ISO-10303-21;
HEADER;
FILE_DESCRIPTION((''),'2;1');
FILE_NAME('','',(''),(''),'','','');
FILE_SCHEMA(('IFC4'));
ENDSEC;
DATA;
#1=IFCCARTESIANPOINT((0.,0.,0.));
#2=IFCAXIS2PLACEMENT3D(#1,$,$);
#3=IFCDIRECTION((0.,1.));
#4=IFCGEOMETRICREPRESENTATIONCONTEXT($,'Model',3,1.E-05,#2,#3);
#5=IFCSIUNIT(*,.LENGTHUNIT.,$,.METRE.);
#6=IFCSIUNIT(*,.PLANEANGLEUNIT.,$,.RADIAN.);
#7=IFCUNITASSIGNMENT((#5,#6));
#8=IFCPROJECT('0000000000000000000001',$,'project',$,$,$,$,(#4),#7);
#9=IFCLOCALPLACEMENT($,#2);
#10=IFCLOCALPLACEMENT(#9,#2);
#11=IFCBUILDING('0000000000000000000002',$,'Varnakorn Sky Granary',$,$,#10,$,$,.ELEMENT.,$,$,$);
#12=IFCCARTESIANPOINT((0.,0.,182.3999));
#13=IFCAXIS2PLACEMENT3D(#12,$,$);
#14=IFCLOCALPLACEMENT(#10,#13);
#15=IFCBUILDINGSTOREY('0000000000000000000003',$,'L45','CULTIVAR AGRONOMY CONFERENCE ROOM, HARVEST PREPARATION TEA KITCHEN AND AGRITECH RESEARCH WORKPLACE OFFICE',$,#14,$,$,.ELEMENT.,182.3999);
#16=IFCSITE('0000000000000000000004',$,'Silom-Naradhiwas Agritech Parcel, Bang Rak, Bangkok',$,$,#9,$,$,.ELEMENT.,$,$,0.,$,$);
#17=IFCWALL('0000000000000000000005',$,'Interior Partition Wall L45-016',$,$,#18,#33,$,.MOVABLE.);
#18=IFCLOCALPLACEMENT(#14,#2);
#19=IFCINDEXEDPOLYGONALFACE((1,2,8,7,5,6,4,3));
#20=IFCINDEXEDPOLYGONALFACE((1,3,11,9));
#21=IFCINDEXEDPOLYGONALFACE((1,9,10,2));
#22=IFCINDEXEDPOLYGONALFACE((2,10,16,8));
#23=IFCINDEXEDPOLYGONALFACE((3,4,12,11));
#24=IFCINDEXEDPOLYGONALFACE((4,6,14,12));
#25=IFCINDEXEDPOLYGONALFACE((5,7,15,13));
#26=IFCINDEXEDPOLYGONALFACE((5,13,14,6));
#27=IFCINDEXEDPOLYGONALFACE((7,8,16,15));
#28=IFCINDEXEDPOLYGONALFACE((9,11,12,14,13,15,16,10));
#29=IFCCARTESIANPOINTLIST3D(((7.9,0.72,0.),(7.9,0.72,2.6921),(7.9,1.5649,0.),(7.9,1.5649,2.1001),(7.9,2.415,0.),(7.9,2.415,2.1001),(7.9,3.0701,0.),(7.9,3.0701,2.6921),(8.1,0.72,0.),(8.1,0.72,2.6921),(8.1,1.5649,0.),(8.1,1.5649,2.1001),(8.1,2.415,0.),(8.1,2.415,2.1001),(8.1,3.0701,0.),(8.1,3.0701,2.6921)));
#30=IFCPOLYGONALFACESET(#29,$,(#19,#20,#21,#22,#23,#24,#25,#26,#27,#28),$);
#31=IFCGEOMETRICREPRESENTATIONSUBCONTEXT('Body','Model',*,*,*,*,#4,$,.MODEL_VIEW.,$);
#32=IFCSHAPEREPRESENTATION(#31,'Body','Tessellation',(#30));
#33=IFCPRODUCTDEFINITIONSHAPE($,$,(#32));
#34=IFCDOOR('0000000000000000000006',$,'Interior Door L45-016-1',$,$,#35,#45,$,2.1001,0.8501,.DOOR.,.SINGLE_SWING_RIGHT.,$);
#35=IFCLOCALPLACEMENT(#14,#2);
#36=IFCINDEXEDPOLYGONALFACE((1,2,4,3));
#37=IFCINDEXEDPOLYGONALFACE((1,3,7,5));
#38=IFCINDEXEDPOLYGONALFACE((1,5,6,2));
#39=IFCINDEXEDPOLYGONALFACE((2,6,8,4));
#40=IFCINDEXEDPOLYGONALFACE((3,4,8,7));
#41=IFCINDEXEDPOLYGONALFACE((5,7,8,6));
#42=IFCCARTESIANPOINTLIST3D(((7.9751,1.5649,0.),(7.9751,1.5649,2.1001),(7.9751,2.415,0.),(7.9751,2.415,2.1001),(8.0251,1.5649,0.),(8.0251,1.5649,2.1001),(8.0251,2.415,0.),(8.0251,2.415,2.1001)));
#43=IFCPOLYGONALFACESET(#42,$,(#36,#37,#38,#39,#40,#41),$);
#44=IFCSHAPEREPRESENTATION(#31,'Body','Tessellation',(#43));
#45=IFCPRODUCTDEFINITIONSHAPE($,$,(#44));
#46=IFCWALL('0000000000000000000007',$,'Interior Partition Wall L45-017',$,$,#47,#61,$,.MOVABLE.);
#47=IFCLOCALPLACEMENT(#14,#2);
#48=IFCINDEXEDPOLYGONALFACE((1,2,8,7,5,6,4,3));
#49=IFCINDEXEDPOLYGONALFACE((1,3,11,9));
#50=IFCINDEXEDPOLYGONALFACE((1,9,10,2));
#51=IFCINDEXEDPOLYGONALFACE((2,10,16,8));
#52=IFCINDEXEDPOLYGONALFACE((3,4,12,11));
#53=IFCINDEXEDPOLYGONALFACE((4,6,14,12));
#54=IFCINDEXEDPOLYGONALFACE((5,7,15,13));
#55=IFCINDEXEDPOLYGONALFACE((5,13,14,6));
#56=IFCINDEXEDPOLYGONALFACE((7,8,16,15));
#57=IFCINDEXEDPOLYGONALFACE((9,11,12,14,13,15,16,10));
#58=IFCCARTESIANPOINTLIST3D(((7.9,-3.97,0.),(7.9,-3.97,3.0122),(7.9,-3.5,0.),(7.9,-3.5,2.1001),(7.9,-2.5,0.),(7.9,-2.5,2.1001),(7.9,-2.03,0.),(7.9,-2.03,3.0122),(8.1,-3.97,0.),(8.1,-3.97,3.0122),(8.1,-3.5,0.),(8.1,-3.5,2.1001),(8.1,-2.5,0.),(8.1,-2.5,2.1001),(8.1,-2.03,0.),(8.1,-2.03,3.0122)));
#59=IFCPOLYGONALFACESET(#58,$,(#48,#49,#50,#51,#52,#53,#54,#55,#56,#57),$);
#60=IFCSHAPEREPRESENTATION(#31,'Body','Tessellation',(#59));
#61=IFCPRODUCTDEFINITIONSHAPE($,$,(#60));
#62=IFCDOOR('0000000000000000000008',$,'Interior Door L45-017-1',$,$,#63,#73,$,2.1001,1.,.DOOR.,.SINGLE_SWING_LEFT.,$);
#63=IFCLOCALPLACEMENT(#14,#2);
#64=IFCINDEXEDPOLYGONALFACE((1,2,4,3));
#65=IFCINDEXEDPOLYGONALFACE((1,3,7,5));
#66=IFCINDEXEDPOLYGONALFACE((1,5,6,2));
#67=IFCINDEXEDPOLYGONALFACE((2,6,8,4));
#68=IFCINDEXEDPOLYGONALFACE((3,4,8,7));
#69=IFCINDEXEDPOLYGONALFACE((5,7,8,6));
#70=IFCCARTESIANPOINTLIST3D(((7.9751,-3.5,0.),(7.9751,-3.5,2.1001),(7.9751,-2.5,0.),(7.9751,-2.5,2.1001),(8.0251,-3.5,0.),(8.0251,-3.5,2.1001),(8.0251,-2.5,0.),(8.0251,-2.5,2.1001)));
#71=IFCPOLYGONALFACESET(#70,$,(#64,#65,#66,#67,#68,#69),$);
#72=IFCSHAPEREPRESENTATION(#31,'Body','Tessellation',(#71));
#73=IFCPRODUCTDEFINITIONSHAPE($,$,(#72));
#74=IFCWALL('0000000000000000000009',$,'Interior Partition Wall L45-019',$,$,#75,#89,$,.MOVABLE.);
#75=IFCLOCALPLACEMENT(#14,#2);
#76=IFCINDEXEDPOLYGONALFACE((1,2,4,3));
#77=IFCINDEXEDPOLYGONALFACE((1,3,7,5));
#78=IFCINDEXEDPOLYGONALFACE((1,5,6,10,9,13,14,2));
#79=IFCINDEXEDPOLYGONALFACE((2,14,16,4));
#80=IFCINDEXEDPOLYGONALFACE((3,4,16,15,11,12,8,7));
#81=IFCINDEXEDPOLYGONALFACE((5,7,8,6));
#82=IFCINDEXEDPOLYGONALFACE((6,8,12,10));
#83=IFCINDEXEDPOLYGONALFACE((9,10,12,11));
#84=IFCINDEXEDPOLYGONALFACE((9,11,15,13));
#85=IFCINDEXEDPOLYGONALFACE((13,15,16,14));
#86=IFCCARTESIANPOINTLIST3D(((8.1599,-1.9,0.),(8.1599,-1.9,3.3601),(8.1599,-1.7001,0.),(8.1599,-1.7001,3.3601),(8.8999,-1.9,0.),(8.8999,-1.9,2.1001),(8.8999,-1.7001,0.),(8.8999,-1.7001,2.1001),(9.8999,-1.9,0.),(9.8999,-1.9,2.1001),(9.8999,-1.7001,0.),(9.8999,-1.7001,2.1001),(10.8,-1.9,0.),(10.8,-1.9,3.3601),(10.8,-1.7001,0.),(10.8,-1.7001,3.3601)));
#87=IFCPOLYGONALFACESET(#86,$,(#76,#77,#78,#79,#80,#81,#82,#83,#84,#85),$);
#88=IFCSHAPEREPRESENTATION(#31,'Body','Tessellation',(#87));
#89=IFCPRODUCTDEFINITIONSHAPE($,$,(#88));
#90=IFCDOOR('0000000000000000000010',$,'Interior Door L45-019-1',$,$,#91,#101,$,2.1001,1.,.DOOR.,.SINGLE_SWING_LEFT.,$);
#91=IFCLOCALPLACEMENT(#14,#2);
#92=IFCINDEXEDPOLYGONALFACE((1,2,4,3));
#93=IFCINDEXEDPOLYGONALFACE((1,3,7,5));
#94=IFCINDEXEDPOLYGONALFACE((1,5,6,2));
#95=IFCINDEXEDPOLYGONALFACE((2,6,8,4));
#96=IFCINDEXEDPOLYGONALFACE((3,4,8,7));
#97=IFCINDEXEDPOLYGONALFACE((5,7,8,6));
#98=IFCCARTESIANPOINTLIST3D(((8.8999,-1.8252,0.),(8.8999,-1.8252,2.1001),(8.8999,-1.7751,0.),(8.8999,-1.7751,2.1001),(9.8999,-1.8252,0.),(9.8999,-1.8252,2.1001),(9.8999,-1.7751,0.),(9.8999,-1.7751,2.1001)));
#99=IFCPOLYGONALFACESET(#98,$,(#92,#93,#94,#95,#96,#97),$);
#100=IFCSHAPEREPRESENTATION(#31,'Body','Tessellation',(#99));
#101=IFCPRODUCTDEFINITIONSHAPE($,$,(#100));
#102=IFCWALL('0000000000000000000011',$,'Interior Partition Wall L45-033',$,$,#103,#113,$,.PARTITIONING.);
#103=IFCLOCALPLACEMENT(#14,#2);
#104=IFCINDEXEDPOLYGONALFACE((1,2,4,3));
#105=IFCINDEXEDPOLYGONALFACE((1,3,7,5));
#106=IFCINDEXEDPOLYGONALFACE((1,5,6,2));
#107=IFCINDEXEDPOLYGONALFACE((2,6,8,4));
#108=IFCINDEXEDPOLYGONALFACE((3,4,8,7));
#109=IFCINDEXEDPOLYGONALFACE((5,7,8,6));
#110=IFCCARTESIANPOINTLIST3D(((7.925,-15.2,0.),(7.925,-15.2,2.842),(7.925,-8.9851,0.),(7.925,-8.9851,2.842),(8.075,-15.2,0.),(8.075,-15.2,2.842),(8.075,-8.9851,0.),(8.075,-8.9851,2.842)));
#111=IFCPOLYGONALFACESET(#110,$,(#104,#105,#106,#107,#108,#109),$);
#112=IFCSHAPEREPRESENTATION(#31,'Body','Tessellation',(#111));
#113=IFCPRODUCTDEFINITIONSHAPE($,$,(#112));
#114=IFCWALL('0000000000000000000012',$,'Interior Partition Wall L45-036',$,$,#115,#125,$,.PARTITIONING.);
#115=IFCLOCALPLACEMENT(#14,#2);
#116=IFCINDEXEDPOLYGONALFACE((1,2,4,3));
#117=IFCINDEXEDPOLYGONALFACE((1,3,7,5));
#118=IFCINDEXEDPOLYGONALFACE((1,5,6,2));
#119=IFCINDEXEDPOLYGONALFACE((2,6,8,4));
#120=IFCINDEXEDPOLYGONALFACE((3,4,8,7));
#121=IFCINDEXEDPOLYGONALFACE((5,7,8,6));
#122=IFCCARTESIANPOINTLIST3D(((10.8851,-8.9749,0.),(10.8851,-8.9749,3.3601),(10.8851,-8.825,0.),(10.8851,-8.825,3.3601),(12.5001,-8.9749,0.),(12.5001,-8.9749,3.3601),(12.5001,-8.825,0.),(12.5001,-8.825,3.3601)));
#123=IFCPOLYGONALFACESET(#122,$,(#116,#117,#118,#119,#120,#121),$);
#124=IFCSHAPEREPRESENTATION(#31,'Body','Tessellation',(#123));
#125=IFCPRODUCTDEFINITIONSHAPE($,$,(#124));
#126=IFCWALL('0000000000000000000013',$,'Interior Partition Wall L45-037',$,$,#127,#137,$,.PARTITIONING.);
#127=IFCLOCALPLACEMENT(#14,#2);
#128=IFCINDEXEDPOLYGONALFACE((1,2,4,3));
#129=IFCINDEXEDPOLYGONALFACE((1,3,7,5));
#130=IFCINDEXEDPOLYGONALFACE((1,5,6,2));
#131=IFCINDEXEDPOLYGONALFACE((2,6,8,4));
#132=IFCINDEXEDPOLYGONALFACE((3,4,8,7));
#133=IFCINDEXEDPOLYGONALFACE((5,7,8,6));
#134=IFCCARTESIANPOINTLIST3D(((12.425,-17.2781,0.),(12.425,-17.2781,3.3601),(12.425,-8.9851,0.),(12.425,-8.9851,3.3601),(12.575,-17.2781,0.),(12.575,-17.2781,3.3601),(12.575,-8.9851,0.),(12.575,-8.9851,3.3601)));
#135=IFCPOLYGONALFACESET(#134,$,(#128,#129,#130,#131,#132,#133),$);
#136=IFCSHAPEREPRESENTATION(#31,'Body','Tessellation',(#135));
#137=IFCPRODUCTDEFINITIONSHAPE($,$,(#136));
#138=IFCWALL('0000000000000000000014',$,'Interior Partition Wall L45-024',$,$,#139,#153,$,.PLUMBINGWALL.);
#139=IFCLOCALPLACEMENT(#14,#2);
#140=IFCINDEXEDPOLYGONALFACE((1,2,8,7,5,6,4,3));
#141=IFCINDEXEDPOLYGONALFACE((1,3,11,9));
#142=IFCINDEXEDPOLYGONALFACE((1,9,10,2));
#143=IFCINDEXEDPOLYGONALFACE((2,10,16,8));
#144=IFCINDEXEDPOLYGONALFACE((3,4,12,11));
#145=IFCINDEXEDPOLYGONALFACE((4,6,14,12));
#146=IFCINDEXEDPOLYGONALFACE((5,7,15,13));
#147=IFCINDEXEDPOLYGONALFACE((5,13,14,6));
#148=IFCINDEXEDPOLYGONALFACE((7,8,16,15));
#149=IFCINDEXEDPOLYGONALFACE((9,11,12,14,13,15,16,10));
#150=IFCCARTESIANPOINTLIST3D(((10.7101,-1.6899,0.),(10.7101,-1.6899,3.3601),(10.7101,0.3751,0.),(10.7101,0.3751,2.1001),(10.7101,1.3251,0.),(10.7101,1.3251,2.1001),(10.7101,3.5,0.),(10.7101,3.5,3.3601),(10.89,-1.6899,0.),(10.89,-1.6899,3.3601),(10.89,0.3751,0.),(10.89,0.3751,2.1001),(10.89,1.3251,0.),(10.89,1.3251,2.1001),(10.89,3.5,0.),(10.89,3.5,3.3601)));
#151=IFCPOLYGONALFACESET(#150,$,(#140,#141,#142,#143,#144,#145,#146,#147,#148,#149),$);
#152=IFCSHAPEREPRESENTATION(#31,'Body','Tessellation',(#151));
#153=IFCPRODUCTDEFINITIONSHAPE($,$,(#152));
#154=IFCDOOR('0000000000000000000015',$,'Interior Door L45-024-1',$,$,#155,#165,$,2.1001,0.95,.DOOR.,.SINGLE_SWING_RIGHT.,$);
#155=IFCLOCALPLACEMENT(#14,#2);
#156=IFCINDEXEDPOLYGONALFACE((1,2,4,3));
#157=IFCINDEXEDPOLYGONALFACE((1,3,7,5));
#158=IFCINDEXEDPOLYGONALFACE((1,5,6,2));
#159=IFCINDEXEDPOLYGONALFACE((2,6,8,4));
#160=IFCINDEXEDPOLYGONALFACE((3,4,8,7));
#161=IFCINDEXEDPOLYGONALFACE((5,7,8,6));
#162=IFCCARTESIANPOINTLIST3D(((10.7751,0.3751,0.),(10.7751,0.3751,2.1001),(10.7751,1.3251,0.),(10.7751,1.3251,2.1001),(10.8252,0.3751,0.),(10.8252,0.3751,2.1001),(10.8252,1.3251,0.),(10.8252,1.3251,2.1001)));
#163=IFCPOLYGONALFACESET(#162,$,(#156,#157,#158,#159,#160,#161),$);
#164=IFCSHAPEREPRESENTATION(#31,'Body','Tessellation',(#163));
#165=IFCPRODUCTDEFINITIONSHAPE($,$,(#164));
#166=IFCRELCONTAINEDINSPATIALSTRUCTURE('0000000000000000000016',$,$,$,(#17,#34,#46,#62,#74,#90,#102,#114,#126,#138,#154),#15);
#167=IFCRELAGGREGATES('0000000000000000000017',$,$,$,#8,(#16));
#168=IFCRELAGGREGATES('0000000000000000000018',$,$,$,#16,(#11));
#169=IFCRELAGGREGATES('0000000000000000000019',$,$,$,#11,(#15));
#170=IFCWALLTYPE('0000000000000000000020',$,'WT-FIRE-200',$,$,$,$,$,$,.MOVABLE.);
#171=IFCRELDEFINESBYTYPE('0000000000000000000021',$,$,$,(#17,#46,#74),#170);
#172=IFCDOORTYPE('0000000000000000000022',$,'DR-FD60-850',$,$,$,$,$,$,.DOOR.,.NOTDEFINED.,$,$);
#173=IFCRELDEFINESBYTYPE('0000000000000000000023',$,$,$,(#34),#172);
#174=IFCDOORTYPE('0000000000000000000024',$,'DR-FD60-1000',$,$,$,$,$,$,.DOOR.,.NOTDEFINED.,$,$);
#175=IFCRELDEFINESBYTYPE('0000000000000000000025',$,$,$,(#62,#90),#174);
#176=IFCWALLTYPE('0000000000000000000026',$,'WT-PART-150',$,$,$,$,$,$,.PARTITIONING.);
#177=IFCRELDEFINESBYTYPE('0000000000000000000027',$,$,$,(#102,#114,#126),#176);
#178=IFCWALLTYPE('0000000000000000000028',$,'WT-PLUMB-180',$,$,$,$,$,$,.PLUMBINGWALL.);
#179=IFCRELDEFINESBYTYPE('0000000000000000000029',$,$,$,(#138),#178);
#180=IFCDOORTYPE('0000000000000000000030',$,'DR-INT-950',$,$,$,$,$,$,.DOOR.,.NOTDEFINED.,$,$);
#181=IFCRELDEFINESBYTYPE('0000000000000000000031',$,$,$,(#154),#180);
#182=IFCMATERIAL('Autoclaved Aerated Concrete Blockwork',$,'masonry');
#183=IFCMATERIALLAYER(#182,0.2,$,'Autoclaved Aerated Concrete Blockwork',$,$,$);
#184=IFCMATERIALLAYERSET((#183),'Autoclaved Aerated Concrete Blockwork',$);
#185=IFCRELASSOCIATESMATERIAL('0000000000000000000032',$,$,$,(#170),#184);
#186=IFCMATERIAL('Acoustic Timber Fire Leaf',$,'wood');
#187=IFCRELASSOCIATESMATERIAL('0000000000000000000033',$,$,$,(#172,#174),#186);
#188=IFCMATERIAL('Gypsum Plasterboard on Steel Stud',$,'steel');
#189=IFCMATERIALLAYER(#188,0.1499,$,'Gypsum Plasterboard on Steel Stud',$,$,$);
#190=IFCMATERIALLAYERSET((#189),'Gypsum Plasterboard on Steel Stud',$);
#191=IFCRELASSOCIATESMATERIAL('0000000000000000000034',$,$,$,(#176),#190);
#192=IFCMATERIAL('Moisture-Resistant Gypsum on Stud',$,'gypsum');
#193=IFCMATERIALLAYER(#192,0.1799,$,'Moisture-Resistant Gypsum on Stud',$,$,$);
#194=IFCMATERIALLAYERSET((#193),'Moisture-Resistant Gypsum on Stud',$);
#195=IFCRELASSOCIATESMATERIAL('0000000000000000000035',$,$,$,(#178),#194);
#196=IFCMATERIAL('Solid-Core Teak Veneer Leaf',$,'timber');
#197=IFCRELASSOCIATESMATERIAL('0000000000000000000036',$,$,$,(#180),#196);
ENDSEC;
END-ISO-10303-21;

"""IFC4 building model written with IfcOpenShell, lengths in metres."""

from ifc_helpers import new_model, si_unit, direction, frame, frame_2d, origin, place, context, subcontext, project, spatial, rectangle, extrude, material, layer, layer_set, type_object, element, fill, save


model = new_model("IFC4")

# Units and contexts
model_context = context("Model", 3, precision=1e-05, world=origin(), true_north=direction((0.0, 1.0)))
body_context = subcontext(model_context, "Body", "Model", "MODEL_VIEW")
ifc_project = project(units=[si_unit("LENGTHUNIT", "METRE"), si_unit("PLANEANGLEUNIT", "RADIAN")], contexts=[model_context])

# Site, building, storey
site_placement = place(None, origin())
site = spatial("IfcSite", under=ifc_project, at=site_placement, Name="Silom-Naradhiwas Agritech Parcel, Bang Rak, Bangkok", CompositionType="ELEMENT", RefElevation=0.0)
building_placement = place(site_placement, origin())
building = spatial("IfcBuilding", under=site, at=building_placement, Name="Varnakorn Sky Granary", CompositionType="ELEMENT")
storey_placement = place(building_placement, frame((0.0, 0.0, 182.3999)))
storey = spatial("IfcBuildingStorey", under=building, at=storey_placement, Name="L45", Description="CULTIVAR AGRONOMY CONFERENCE ROOM, HARVEST PREPARATION TEA KITCHEN AND AGRITECH RESEARCH WORKPLACE OFFICE", CompositionType="ELEMENT", Elevation=182.3999)

# Walls, openings, doors
ifc_material_1 = material(Name="Autoclaved Aerated Concrete Blockwork", Category="masonry")
ifc_layer_1 = layer(ifc_material_1, 0.2, Name="Autoclaved Aerated Concrete Blockwork")
ifc_layer_set_1 = layer_set([ifc_layer_1], Name="Autoclaved Aerated Concrete Blockwork")
wall_type_1 = type_object("IfcWallType", Name="WT-FIRE-200", PredefinedType="MOVABLE", material=ifc_layer_set_1)
wall_1_placement = place(storey_placement, frame((8.0, 0.72, 0.0), z_axis=(0.0, 0.0, 1.0), x_axis=(0.0, 1.0, 0.0)))
wall_1 = element("IfcWall", 1, at=wall_1_placement, inside=storey, type_object=wall_type_1, Name="Interior Partition Wall L45-016", PredefinedType="MOVABLE", context=body_context, shape_type="SweptSolid", body=[
    extrude(rectangle(XDim=2.3501, YDim=0.2, at=frame_2d((1.175, 0.0))), origin(), (0.0, 0.0, 1.0), 2.6921),
])
opening_1_placement = place(wall_1_placement, frame((0.845, 0.0, 0.0)))
opening_1 = element("IfcOpeningElement", 2, at=opening_1_placement, cuts=wall_1, PredefinedType="OPENING", context=body_context, shape_type="SweptSolid", body=[
    extrude(rectangle(XDim=0.8501, YDim=2.1001, at=frame_2d((0.425, 1.05))), frame((0.0, 0.1099, 0.0), z_axis=(0.0, -1.0, 0.0), x_axis=(1.0, 0.0, 0.0)), (0.0, 0.0, 1.0), 0.22),
])
ifc_material_2 = material(Name="Acoustic Timber Fire Leaf", Category="wood")
door_type_1 = type_object("IfcDoorType", Name="DR-FD60-850", OperationType="NOTDEFINED", PredefinedType="DOOR", material=ifc_material_2)
door_1_placement = place(opening_1_placement, origin())
door_1 = element("IfcDoor", 3, at=door_1_placement, inside=storey, type_object=door_type_1, Name="Interior Door L45-016-1", OperationType="SINGLE_SWING_RIGHT", OverallHeight=2.1001, OverallWidth=0.8501, PredefinedType="DOOR", context=body_context, shape_type="SweptSolid", body=[
    extrude(rectangle(XDim=0.8501, YDim=2.1001, at=frame_2d((0.425, 1.05))), frame((0.0, 0.0249, 0.0), z_axis=(0.0, -1.0, 0.0), x_axis=(1.0, 0.0, 0.0)), (0.0, 0.0, 1.0), 0.05),
])
fill(opening_1, door_1)
wall_2_placement = place(storey_placement, frame((8.0, -3.97, 0.0), z_axis=(0.0, 0.0, 1.0), x_axis=(0.0, 1.0, 0.0)))
wall_2 = element("IfcWall", 4, at=wall_2_placement, inside=storey, type_object=wall_type_1, Name="Interior Partition Wall L45-017", PredefinedType="MOVABLE", context=body_context, shape_type="SweptSolid", body=[
    extrude(rectangle(XDim=1.9399, YDim=0.2, at=frame_2d((0.97, 0.0))), origin(), (0.0, 0.0, 1.0), 3.0122),
])
opening_2_placement = place(wall_2_placement, frame((0.47, 0.0, 0.0)))
opening_2 = element("IfcOpeningElement", 5, at=opening_2_placement, cuts=wall_2, PredefinedType="OPENING", context=body_context, shape_type="SweptSolid", body=[
    extrude(rectangle(XDim=1.0, YDim=2.1001, at=frame_2d((0.5, 1.05))), frame((0.0, 0.1099, 0.0), z_axis=(0.0, -1.0, 0.0), x_axis=(1.0, 0.0, 0.0)), (0.0, 0.0, 1.0), 0.22),
])
door_type_2 = type_object("IfcDoorType", Name="DR-FD60-1000", OperationType="NOTDEFINED", PredefinedType="DOOR", material=ifc_material_2)
door_2_placement = place(opening_2_placement, origin())
door_2 = element("IfcDoor", 6, at=door_2_placement, inside=storey, type_object=door_type_2, Name="Interior Door L45-017-1", OperationType="SINGLE_SWING_LEFT", OverallHeight=2.1001, OverallWidth=1.0, PredefinedType="DOOR", context=body_context, shape_type="SweptSolid", body=[
    extrude(rectangle(XDim=1.0, YDim=2.1001, at=frame_2d((0.5, 1.05))), frame((0.0, 0.0249, 0.0), z_axis=(0.0, -1.0, 0.0), x_axis=(1.0, 0.0, 0.0)), (0.0, 0.0, 1.0), 0.05),
])
fill(opening_2, door_2)
wall_3_placement = place(storey_placement, frame((8.1599, -1.8, 0.0), z_axis=(0.0, 0.0, 1.0), x_axis=(1.0, 0.0, 0.0)))
wall_3 = element("IfcWall", 7, at=wall_3_placement, inside=storey, type_object=wall_type_1, Name="Interior Partition Wall L45-019", PredefinedType="MOVABLE", context=body_context, shape_type="SweptSolid", body=[
    extrude(rectangle(XDim=2.6401, YDim=0.2, at=frame_2d((1.3201, 0.0))), origin(), (0.0, 0.0, 1.0), 3.3601),
])
opening_3_placement = place(wall_3_placement, frame((0.74, 0.0, 0.0)))
opening_3 = element("IfcOpeningElement", 8, at=opening_3_placement, cuts=wall_3, PredefinedType="OPENING", context=body_context, shape_type="SweptSolid", body=[
    extrude(rectangle(XDim=1.0, YDim=2.1001, at=frame_2d((0.5, 1.05))), frame((0.0, 0.1099, 0.0), z_axis=(0.0, -1.0, 0.0), x_axis=(1.0, 0.0, 0.0)), (0.0, 0.0, 1.0), 0.22),
])
door_3_placement = place(opening_3_placement, origin())
door_3 = element("IfcDoor", 9, at=door_3_placement, inside=storey, type_object=door_type_2, Name="Interior Door L45-019-1", OperationType="SINGLE_SWING_LEFT", OverallHeight=2.1001, OverallWidth=1.0, PredefinedType="DOOR", context=body_context, shape_type="SweptSolid", body=[
    extrude(rectangle(XDim=1.0, YDim=2.1001, at=frame_2d((0.5, 1.05))), frame((0.0, 0.0249, 0.0), z_axis=(0.0, -1.0, 0.0), x_axis=(1.0, 0.0, 0.0)), (0.0, 0.0, 1.0), 0.05),
])
fill(opening_3, door_3)

# Walls
ifc_material_3 = material(Name="Gypsum Plasterboard on Steel Stud", Category="steel")
ifc_layer_2 = layer(ifc_material_3, 0.1499, Name="Gypsum Plasterboard on Steel Stud")
ifc_layer_set_2 = layer_set([ifc_layer_2], Name="Gypsum Plasterboard on Steel Stud")
wall_type_2 = type_object("IfcWallType", Name="WT-PART-150", PredefinedType="PARTITIONING", material=ifc_layer_set_2)
wall_4_placement = place(storey_placement, frame((8.0, -8.9851, 0.0), z_axis=(0.0, 0.0, 1.0), x_axis=(0.0, -1.0, 0.0)))
element("IfcWall", 10, at=wall_4_placement, inside=storey, type_object=wall_type_2, Name="Interior Partition Wall L45-033", PredefinedType="PARTITIONING", context=body_context, shape_type="SweptSolid", body=[
    extrude(rectangle(XDim=6.2148, YDim=0.1499, at=frame_2d((3.1074, 0.0))), origin(), (0.0, 0.0, 1.0), 2.842),
])
wall_5_placement = place(storey_placement, frame((10.885, -8.8999, 0.0), z_axis=(0.0, 0.0, 1.0), x_axis=(1.0, 0.0, 0.0)))
element("IfcWall", 11, at=wall_5_placement, inside=storey, type_object=wall_type_2, Name="Interior Partition Wall L45-036", PredefinedType="PARTITIONING", context=body_context, shape_type="SweptSolid", body=[
    extrude(rectangle(XDim=1.615, YDim=0.1499, at=frame_2d((0.8076, 0.0))), origin(), (0.0, 0.0, 1.0), 3.3601),
])
wall_6_placement = place(storey_placement, frame((12.5, -8.9851, 0.0), z_axis=(0.0, 0.0, 1.0), x_axis=(0.0, -1.0, 0.0)))
element("IfcWall", 12, at=wall_6_placement, inside=storey, type_object=wall_type_2, Name="Interior Partition Wall L45-037", PredefinedType="PARTITIONING", context=body_context, shape_type="SweptSolid", body=[
    extrude(rectangle(XDim=8.293, YDim=0.1499, at=frame_2d((4.1465, 0.0))), origin(), (0.0, 0.0, 1.0), 3.3601),
])

# Wall, opening, door
ifc_material_4 = material(Name="Moisture-Resistant Gypsum on Stud", Category="gypsum")
ifc_layer_3 = layer(ifc_material_4, 0.1799, Name="Moisture-Resistant Gypsum on Stud")
ifc_layer_set_3 = layer_set([ifc_layer_3], Name="Moisture-Resistant Gypsum on Stud")
wall_type_3 = type_object("IfcWallType", Name="WT-PLUMB-180", PredefinedType="PLUMBINGWALL", material=ifc_layer_set_3)
wall_7_placement = place(storey_placement, frame((10.8, -1.6899, 0.0), z_axis=(0.0, 0.0, 1.0), x_axis=(0.0, 1.0, 0.0)))
wall_7 = element("IfcWall", 13, at=wall_7_placement, inside=storey, type_object=wall_type_3, Name="Interior Partition Wall L45-024", PredefinedType="PLUMBINGWALL", context=body_context, shape_type="SweptSolid", body=[
    extrude(rectangle(XDim=5.1899, YDim=0.1799, at=frame_2d((2.595, 0.0))), origin(), (0.0, 0.0, 1.0), 3.3601),
])
opening_4_placement = place(wall_7_placement, frame((2.0649, 0.0, 0.0)))
opening_4 = element("IfcOpeningElement", 14, at=opening_4_placement, cuts=wall_7, PredefinedType="OPENING", context=body_context, shape_type="SweptSolid", body=[
    extrude(rectangle(XDim=0.95, YDim=2.1001, at=frame_2d((0.4751, 1.05))), frame((0.0, 0.1001, 0.0), z_axis=(0.0, -1.0, 0.0), x_axis=(1.0, 0.0, 0.0)), (0.0, 0.0, 1.0), 0.2),
])
ifc_material_5 = material(Name="Solid-Core Teak Veneer Leaf", Category="timber")
door_type_3 = type_object("IfcDoorType", Name="DR-INT-950", OperationType="NOTDEFINED", PredefinedType="DOOR", material=ifc_material_5)
door_4_placement = place(opening_4_placement, origin())
door_4 = element("IfcDoor", 15, at=door_4_placement, inside=storey, type_object=door_type_3, Name="Interior Door L45-024-1", OperationType="SINGLE_SWING_RIGHT", OverallHeight=2.1001, OverallWidth=0.95, PredefinedType="DOOR", context=body_context, shape_type="SweptSolid", body=[
    extrude(rectangle(XDim=0.95, YDim=2.1001, at=frame_2d((0.4751, 1.05))), frame((0.0, 0.0249, 0.0), z_axis=(0.0, -1.0, 0.0), x_axis=(1.0, 0.0, 0.0)), (0.0, 0.0, 1.0), 0.05),
])
fill(opening_4, door_4)

save(model, "model.ifc")
